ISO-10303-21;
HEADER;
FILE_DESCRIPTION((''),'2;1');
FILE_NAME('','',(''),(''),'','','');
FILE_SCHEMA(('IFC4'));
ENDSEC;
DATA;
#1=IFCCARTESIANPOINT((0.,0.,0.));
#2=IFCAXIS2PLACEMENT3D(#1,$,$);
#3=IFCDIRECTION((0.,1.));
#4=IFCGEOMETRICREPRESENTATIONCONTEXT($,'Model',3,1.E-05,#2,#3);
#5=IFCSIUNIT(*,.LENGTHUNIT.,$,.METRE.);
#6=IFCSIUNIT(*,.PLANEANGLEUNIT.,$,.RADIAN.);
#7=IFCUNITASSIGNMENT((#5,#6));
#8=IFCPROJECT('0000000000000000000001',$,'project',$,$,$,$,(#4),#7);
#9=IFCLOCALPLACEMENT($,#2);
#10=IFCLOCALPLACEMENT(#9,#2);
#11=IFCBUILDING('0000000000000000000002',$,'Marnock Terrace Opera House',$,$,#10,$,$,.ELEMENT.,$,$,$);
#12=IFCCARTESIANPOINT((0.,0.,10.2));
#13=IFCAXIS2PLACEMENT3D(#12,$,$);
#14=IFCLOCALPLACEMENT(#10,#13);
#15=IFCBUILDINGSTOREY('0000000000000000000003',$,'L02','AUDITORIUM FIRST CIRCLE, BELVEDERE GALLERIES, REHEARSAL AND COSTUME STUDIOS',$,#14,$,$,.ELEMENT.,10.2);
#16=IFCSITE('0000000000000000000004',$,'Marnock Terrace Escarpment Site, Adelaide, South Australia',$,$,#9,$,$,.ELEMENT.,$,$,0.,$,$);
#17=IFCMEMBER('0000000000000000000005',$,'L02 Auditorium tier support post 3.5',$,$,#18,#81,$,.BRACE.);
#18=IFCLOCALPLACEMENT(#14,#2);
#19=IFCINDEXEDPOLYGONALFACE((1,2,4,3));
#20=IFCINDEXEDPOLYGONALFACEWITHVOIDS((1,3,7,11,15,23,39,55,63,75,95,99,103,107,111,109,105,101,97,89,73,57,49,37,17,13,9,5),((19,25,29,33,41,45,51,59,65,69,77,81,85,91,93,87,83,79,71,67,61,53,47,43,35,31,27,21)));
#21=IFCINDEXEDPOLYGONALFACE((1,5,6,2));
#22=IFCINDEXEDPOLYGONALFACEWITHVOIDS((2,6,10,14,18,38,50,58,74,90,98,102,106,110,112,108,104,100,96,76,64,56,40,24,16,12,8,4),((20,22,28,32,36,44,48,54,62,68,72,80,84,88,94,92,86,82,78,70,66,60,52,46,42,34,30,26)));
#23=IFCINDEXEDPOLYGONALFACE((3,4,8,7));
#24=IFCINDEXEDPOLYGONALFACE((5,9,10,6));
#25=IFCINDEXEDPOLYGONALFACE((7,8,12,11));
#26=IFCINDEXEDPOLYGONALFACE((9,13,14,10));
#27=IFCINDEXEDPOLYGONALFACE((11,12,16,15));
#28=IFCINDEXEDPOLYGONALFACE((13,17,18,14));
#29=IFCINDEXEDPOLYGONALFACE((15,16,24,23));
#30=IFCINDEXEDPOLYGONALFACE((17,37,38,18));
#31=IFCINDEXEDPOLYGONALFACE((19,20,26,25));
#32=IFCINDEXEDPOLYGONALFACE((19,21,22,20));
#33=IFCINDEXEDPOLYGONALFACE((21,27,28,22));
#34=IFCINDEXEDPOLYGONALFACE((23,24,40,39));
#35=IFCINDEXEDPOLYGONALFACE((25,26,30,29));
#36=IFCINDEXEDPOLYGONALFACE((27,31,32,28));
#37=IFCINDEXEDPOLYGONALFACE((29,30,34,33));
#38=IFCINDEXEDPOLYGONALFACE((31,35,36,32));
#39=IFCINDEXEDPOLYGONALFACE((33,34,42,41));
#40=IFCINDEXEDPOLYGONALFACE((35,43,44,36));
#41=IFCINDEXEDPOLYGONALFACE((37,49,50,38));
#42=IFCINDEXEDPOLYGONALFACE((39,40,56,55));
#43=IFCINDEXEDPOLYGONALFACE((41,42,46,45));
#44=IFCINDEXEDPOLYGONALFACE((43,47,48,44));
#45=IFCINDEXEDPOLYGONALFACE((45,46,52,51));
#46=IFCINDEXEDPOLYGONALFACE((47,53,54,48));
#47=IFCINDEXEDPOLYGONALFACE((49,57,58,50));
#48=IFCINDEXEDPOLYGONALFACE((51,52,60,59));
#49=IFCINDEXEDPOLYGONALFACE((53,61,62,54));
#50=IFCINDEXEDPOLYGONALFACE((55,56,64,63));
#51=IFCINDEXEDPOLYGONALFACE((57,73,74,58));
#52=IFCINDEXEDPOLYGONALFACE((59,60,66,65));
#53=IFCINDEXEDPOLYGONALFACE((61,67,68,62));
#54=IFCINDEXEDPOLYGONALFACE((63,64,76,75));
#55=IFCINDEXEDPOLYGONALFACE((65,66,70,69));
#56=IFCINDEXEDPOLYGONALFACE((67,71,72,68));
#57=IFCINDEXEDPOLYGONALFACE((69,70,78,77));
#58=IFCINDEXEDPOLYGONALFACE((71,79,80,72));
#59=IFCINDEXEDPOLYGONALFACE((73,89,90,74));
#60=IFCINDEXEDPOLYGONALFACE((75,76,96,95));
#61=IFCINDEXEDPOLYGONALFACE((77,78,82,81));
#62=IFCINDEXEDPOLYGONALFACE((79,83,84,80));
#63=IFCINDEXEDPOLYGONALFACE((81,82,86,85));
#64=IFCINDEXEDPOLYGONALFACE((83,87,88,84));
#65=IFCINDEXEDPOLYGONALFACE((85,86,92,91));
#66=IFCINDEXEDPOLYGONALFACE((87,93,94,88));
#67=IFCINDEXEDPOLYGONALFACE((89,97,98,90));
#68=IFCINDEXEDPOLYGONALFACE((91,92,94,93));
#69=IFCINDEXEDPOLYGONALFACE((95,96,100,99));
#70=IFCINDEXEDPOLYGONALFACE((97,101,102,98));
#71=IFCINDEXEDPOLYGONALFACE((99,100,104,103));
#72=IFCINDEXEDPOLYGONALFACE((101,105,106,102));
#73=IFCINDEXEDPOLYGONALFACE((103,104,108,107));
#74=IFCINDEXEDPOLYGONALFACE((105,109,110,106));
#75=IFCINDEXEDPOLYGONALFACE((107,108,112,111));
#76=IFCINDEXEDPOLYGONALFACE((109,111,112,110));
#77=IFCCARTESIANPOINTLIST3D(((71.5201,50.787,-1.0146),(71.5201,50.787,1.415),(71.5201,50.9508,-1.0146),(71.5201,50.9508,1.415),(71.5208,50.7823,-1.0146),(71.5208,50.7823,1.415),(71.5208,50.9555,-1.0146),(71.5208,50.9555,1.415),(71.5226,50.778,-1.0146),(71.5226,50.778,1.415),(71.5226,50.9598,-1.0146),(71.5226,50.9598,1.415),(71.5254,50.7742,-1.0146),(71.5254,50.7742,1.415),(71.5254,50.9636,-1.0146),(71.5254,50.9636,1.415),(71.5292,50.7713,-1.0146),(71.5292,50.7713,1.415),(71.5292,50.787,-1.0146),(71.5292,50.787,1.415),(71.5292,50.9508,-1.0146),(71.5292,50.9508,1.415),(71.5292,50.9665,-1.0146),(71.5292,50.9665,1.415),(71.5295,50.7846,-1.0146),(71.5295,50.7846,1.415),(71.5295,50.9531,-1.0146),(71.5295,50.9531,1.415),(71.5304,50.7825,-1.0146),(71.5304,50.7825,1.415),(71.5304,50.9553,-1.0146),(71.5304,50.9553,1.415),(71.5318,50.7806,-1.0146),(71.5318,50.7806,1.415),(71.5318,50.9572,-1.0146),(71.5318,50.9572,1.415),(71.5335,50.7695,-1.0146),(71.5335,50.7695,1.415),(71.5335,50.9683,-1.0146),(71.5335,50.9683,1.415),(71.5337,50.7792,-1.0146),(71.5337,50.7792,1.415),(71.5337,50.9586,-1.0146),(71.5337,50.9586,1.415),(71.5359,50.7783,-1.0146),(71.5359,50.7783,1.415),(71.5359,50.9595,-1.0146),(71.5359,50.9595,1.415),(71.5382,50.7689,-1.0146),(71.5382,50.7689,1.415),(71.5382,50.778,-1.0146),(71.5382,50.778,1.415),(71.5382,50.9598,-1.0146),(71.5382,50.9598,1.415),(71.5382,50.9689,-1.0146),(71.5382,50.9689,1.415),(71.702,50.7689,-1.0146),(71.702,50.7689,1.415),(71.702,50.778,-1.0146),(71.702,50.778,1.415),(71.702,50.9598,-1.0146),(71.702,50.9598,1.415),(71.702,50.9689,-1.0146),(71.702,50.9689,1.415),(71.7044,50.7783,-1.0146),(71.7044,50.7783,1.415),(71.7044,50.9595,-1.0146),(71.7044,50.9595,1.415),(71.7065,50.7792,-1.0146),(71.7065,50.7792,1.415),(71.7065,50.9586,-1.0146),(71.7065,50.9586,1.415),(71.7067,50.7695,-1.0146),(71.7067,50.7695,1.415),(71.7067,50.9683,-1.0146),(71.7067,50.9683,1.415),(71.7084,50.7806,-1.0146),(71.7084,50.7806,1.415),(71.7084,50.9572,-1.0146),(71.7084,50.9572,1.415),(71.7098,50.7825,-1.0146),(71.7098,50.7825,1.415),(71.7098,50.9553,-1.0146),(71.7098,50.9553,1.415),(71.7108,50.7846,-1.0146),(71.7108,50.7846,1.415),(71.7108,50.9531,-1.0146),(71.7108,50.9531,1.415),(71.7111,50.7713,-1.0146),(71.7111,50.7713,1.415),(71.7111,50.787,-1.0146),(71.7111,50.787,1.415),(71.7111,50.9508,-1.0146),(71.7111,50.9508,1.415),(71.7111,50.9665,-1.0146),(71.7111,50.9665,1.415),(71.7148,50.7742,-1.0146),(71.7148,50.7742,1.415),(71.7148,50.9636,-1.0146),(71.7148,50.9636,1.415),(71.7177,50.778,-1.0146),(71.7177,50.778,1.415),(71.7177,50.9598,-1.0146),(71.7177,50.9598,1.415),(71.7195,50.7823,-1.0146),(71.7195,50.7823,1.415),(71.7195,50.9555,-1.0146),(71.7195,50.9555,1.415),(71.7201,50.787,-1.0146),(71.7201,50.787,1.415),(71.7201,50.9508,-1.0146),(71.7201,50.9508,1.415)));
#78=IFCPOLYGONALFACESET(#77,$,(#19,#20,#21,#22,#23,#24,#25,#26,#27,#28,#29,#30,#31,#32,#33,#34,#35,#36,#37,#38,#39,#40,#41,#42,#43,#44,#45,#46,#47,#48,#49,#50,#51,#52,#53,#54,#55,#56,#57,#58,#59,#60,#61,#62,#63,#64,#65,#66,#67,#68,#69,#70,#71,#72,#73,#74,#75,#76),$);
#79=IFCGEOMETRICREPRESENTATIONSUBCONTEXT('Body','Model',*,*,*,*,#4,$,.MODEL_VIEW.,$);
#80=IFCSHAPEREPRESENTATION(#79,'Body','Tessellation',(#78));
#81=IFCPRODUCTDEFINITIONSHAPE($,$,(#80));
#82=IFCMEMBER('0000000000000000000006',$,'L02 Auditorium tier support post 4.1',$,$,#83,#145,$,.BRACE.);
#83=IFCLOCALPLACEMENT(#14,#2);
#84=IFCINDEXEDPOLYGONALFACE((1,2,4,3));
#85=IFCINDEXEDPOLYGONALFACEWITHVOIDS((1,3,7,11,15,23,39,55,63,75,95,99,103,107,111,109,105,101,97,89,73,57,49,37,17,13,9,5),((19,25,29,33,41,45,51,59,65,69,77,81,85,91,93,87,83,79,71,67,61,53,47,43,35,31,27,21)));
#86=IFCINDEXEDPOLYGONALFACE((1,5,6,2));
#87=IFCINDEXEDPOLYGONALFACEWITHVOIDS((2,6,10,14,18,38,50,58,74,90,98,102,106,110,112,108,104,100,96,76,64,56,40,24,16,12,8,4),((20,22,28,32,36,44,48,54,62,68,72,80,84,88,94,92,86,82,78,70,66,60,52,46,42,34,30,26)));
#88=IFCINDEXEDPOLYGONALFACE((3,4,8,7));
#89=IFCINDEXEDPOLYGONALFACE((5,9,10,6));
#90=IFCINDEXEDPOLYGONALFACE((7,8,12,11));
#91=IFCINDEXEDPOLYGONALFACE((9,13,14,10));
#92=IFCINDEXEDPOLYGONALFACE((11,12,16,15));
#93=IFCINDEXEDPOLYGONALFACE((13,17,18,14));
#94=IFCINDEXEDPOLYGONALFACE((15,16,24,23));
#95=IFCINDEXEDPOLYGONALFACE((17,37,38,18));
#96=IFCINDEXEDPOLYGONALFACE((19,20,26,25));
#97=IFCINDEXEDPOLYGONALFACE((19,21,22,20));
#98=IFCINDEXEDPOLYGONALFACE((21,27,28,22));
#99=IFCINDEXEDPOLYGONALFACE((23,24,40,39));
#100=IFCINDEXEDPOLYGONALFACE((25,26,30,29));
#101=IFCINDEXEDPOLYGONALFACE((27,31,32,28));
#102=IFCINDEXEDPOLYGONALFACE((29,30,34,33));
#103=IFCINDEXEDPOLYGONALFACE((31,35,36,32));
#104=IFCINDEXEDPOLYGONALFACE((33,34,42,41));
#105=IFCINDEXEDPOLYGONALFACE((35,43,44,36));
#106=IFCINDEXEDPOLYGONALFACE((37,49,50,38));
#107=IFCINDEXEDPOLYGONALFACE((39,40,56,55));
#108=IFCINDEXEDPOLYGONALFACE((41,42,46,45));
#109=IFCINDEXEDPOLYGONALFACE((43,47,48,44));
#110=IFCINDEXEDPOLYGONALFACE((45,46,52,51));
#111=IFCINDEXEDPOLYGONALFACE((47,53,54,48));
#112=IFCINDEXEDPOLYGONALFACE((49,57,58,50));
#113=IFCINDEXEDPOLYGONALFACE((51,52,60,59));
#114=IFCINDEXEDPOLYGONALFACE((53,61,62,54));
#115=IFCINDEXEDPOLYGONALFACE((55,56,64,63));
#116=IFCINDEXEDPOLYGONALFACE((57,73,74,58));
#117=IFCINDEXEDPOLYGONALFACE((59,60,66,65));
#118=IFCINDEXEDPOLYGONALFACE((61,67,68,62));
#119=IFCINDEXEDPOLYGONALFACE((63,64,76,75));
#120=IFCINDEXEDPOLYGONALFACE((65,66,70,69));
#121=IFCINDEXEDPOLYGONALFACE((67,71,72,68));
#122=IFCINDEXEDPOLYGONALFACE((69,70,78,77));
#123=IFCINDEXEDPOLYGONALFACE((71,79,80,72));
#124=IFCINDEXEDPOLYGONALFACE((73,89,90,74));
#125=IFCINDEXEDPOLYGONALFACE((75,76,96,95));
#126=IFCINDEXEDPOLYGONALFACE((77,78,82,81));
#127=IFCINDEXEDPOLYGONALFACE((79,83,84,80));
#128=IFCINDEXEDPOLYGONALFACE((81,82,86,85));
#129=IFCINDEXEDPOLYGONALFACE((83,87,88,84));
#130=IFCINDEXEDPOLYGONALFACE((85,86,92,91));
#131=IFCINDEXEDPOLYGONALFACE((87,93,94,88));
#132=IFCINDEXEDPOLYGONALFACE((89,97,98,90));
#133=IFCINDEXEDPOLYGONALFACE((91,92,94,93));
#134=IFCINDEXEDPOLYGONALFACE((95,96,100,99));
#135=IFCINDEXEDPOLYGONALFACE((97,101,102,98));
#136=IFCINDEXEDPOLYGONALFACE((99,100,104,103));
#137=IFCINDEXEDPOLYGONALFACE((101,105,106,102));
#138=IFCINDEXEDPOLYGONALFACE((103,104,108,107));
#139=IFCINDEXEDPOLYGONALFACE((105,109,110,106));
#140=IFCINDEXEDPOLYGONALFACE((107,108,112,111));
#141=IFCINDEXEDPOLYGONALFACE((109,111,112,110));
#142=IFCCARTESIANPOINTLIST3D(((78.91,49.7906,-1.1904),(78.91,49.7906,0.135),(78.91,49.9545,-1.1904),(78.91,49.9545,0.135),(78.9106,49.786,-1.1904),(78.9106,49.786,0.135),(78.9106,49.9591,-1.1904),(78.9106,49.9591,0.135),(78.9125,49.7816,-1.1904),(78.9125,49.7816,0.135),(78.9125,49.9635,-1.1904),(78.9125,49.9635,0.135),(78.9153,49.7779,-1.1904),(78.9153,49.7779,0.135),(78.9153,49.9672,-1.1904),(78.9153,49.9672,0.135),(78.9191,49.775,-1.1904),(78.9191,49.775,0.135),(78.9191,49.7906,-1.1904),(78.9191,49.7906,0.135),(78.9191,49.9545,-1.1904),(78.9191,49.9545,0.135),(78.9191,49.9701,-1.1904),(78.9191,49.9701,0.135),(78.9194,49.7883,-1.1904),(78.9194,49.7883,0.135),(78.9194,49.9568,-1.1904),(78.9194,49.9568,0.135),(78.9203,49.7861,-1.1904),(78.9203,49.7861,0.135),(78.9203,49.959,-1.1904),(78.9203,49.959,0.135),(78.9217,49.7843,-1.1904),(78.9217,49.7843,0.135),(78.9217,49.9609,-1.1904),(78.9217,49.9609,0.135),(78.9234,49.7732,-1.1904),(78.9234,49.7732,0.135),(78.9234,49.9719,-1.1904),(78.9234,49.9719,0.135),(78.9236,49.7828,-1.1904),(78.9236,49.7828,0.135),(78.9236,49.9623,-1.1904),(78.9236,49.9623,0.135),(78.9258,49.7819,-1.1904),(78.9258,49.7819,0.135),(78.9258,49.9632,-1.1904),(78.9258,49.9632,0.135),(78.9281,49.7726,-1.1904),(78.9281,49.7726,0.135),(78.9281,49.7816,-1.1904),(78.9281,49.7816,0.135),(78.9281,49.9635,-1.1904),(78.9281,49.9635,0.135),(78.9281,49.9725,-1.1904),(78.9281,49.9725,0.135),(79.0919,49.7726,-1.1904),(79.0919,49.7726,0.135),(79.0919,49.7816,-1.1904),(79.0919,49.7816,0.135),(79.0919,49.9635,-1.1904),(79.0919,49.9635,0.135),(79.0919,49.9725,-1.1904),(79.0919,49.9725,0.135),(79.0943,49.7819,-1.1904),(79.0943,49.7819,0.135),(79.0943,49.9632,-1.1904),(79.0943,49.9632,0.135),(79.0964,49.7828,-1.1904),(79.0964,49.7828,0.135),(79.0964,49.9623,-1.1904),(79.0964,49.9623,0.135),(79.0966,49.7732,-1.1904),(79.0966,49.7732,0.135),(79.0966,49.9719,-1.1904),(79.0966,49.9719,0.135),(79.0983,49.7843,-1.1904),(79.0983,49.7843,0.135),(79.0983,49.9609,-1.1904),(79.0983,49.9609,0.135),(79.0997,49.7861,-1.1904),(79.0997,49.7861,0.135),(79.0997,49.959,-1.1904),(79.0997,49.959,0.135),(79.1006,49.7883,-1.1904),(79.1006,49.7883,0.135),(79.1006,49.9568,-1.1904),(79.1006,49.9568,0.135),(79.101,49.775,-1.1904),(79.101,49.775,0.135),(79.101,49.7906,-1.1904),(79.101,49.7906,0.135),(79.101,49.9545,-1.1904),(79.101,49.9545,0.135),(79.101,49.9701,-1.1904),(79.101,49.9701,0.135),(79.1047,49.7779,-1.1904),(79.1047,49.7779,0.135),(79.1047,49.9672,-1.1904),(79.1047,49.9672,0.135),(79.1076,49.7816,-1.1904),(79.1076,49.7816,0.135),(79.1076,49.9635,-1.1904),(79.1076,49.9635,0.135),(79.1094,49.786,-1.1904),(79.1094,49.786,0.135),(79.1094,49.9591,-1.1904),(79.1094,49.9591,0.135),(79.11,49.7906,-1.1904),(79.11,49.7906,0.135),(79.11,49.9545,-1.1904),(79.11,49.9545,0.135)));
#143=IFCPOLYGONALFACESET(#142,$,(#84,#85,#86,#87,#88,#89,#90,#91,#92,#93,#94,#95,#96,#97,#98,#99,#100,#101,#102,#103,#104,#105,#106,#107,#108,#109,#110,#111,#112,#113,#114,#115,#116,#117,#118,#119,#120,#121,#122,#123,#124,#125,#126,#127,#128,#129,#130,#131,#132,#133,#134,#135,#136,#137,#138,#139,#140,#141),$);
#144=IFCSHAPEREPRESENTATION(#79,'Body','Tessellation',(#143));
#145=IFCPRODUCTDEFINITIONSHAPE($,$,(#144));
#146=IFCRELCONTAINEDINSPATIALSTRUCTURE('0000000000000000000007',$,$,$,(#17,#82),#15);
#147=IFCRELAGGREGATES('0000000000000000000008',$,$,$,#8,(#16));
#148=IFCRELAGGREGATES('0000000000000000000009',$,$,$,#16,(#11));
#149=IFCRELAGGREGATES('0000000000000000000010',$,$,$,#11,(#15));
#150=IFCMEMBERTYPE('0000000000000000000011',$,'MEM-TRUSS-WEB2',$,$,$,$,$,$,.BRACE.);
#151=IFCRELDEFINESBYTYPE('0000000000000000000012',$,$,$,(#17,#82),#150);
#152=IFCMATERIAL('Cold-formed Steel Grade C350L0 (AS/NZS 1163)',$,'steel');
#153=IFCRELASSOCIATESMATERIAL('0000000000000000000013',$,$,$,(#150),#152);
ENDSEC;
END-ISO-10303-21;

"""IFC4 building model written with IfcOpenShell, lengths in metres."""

from ifc_helpers import new_model, si_unit, direction, frame, origin, origin_2d, place, context, subcontext, project, spatial, hollow_rectangle, extrude, material, material_profile, profile_set, type_object, element, save


model = new_model("IFC4")

# Units and contexts
model_context = context("Model", 3, precision=1e-05, world=origin(), true_north=direction((0.0, 1.0)))
body_context = subcontext(model_context, "Body", "Model", "MODEL_VIEW")
ifc_project = project(units=[si_unit("LENGTHUNIT", "METRE"), si_unit("PLANEANGLEUNIT", "RADIAN")], contexts=[model_context])

# Site, building, storey
site_placement = place(None, origin())
site = spatial("IfcSite", under=ifc_project, at=site_placement, Name="Marnock Terrace Escarpment Site, Adelaide, South Australia", CompositionType="ELEMENT", RefElevation=0.0)
building_placement = place(site_placement, origin())
building = spatial("IfcBuilding", under=site, at=building_placement, Name="Marnock Terrace Opera House", CompositionType="ELEMENT")
storey_placement = place(building_placement, frame((0.0, 0.0, 10.2)))
storey = spatial("IfcBuildingStorey", under=building, at=storey_placement, Name="L02", Description="AUDITORIUM FIRST CIRCLE, BELVEDERE GALLERIES, REHEARSAL AND COSTUME STUDIOS", CompositionType="ELEMENT", Elevation=10.2)

# Members
ifc_material_1 = material(Name="Cold-formed Steel Grade C350L0 (AS/NZS 1163)", Category="steel")
ifc_material_profile_1 = material_profile(ifc_material_1, hollow_rectangle(XDim=0.2, YDim=0.2, WallThickness=0.009, InnerFilletRadius=0.009, OuterFilletRadius=0.0181, at=origin_2d()))
ifc_profile_set_1 = profile_set([ifc_material_profile_1], Name="Cold-formed Steel Grade C350L0 (AS/NZS 1163)")
member_type = type_object("IfcMemberType", Name="MEM-TRUSS-WEB2", PredefinedType="BRACE", material=ifc_profile_set_1)
member_1_placement = place(storey_placement, frame((71.6201, 50.8689, -1.0146), z_axis=(0.0, 0.0, 1.0), x_axis=(1.0, 0.0, 0.0)))
element("IfcMember", 1, at=member_1_placement, inside=storey, type_object=member_type, Name="L02 Auditorium tier support post 3.5", PredefinedType="BRACE", context=body_context, shape_type="SweptSolid", body=[
    extrude(hollow_rectangle(XDim=0.2, YDim=0.2, WallThickness=0.009, InnerFilletRadius=0.009, OuterFilletRadius=0.0181, at=origin_2d()), origin(), (0.0, 0.0, 1.0), 2.4297),
])
member_2_placement = place(storey_placement, frame((79.01, 49.8726, -1.1904), z_axis=(0.0, 0.0, 1.0), x_axis=(1.0, 0.0, 0.0)))
element("IfcMember", 2, at=member_2_placement, inside=storey, type_object=member_type, Name="L02 Auditorium tier support post 4.1", PredefinedType="BRACE", context=body_context, shape_type="SweptSolid", body=[
    extrude(hollow_rectangle(XDim=0.2, YDim=0.2, WallThickness=0.009, InnerFilletRadius=0.009, OuterFilletRadius=0.0181, at=origin_2d()), origin(), (0.0, 0.0, 1.0), 1.3254),
])

save(model, "model.ifc")
